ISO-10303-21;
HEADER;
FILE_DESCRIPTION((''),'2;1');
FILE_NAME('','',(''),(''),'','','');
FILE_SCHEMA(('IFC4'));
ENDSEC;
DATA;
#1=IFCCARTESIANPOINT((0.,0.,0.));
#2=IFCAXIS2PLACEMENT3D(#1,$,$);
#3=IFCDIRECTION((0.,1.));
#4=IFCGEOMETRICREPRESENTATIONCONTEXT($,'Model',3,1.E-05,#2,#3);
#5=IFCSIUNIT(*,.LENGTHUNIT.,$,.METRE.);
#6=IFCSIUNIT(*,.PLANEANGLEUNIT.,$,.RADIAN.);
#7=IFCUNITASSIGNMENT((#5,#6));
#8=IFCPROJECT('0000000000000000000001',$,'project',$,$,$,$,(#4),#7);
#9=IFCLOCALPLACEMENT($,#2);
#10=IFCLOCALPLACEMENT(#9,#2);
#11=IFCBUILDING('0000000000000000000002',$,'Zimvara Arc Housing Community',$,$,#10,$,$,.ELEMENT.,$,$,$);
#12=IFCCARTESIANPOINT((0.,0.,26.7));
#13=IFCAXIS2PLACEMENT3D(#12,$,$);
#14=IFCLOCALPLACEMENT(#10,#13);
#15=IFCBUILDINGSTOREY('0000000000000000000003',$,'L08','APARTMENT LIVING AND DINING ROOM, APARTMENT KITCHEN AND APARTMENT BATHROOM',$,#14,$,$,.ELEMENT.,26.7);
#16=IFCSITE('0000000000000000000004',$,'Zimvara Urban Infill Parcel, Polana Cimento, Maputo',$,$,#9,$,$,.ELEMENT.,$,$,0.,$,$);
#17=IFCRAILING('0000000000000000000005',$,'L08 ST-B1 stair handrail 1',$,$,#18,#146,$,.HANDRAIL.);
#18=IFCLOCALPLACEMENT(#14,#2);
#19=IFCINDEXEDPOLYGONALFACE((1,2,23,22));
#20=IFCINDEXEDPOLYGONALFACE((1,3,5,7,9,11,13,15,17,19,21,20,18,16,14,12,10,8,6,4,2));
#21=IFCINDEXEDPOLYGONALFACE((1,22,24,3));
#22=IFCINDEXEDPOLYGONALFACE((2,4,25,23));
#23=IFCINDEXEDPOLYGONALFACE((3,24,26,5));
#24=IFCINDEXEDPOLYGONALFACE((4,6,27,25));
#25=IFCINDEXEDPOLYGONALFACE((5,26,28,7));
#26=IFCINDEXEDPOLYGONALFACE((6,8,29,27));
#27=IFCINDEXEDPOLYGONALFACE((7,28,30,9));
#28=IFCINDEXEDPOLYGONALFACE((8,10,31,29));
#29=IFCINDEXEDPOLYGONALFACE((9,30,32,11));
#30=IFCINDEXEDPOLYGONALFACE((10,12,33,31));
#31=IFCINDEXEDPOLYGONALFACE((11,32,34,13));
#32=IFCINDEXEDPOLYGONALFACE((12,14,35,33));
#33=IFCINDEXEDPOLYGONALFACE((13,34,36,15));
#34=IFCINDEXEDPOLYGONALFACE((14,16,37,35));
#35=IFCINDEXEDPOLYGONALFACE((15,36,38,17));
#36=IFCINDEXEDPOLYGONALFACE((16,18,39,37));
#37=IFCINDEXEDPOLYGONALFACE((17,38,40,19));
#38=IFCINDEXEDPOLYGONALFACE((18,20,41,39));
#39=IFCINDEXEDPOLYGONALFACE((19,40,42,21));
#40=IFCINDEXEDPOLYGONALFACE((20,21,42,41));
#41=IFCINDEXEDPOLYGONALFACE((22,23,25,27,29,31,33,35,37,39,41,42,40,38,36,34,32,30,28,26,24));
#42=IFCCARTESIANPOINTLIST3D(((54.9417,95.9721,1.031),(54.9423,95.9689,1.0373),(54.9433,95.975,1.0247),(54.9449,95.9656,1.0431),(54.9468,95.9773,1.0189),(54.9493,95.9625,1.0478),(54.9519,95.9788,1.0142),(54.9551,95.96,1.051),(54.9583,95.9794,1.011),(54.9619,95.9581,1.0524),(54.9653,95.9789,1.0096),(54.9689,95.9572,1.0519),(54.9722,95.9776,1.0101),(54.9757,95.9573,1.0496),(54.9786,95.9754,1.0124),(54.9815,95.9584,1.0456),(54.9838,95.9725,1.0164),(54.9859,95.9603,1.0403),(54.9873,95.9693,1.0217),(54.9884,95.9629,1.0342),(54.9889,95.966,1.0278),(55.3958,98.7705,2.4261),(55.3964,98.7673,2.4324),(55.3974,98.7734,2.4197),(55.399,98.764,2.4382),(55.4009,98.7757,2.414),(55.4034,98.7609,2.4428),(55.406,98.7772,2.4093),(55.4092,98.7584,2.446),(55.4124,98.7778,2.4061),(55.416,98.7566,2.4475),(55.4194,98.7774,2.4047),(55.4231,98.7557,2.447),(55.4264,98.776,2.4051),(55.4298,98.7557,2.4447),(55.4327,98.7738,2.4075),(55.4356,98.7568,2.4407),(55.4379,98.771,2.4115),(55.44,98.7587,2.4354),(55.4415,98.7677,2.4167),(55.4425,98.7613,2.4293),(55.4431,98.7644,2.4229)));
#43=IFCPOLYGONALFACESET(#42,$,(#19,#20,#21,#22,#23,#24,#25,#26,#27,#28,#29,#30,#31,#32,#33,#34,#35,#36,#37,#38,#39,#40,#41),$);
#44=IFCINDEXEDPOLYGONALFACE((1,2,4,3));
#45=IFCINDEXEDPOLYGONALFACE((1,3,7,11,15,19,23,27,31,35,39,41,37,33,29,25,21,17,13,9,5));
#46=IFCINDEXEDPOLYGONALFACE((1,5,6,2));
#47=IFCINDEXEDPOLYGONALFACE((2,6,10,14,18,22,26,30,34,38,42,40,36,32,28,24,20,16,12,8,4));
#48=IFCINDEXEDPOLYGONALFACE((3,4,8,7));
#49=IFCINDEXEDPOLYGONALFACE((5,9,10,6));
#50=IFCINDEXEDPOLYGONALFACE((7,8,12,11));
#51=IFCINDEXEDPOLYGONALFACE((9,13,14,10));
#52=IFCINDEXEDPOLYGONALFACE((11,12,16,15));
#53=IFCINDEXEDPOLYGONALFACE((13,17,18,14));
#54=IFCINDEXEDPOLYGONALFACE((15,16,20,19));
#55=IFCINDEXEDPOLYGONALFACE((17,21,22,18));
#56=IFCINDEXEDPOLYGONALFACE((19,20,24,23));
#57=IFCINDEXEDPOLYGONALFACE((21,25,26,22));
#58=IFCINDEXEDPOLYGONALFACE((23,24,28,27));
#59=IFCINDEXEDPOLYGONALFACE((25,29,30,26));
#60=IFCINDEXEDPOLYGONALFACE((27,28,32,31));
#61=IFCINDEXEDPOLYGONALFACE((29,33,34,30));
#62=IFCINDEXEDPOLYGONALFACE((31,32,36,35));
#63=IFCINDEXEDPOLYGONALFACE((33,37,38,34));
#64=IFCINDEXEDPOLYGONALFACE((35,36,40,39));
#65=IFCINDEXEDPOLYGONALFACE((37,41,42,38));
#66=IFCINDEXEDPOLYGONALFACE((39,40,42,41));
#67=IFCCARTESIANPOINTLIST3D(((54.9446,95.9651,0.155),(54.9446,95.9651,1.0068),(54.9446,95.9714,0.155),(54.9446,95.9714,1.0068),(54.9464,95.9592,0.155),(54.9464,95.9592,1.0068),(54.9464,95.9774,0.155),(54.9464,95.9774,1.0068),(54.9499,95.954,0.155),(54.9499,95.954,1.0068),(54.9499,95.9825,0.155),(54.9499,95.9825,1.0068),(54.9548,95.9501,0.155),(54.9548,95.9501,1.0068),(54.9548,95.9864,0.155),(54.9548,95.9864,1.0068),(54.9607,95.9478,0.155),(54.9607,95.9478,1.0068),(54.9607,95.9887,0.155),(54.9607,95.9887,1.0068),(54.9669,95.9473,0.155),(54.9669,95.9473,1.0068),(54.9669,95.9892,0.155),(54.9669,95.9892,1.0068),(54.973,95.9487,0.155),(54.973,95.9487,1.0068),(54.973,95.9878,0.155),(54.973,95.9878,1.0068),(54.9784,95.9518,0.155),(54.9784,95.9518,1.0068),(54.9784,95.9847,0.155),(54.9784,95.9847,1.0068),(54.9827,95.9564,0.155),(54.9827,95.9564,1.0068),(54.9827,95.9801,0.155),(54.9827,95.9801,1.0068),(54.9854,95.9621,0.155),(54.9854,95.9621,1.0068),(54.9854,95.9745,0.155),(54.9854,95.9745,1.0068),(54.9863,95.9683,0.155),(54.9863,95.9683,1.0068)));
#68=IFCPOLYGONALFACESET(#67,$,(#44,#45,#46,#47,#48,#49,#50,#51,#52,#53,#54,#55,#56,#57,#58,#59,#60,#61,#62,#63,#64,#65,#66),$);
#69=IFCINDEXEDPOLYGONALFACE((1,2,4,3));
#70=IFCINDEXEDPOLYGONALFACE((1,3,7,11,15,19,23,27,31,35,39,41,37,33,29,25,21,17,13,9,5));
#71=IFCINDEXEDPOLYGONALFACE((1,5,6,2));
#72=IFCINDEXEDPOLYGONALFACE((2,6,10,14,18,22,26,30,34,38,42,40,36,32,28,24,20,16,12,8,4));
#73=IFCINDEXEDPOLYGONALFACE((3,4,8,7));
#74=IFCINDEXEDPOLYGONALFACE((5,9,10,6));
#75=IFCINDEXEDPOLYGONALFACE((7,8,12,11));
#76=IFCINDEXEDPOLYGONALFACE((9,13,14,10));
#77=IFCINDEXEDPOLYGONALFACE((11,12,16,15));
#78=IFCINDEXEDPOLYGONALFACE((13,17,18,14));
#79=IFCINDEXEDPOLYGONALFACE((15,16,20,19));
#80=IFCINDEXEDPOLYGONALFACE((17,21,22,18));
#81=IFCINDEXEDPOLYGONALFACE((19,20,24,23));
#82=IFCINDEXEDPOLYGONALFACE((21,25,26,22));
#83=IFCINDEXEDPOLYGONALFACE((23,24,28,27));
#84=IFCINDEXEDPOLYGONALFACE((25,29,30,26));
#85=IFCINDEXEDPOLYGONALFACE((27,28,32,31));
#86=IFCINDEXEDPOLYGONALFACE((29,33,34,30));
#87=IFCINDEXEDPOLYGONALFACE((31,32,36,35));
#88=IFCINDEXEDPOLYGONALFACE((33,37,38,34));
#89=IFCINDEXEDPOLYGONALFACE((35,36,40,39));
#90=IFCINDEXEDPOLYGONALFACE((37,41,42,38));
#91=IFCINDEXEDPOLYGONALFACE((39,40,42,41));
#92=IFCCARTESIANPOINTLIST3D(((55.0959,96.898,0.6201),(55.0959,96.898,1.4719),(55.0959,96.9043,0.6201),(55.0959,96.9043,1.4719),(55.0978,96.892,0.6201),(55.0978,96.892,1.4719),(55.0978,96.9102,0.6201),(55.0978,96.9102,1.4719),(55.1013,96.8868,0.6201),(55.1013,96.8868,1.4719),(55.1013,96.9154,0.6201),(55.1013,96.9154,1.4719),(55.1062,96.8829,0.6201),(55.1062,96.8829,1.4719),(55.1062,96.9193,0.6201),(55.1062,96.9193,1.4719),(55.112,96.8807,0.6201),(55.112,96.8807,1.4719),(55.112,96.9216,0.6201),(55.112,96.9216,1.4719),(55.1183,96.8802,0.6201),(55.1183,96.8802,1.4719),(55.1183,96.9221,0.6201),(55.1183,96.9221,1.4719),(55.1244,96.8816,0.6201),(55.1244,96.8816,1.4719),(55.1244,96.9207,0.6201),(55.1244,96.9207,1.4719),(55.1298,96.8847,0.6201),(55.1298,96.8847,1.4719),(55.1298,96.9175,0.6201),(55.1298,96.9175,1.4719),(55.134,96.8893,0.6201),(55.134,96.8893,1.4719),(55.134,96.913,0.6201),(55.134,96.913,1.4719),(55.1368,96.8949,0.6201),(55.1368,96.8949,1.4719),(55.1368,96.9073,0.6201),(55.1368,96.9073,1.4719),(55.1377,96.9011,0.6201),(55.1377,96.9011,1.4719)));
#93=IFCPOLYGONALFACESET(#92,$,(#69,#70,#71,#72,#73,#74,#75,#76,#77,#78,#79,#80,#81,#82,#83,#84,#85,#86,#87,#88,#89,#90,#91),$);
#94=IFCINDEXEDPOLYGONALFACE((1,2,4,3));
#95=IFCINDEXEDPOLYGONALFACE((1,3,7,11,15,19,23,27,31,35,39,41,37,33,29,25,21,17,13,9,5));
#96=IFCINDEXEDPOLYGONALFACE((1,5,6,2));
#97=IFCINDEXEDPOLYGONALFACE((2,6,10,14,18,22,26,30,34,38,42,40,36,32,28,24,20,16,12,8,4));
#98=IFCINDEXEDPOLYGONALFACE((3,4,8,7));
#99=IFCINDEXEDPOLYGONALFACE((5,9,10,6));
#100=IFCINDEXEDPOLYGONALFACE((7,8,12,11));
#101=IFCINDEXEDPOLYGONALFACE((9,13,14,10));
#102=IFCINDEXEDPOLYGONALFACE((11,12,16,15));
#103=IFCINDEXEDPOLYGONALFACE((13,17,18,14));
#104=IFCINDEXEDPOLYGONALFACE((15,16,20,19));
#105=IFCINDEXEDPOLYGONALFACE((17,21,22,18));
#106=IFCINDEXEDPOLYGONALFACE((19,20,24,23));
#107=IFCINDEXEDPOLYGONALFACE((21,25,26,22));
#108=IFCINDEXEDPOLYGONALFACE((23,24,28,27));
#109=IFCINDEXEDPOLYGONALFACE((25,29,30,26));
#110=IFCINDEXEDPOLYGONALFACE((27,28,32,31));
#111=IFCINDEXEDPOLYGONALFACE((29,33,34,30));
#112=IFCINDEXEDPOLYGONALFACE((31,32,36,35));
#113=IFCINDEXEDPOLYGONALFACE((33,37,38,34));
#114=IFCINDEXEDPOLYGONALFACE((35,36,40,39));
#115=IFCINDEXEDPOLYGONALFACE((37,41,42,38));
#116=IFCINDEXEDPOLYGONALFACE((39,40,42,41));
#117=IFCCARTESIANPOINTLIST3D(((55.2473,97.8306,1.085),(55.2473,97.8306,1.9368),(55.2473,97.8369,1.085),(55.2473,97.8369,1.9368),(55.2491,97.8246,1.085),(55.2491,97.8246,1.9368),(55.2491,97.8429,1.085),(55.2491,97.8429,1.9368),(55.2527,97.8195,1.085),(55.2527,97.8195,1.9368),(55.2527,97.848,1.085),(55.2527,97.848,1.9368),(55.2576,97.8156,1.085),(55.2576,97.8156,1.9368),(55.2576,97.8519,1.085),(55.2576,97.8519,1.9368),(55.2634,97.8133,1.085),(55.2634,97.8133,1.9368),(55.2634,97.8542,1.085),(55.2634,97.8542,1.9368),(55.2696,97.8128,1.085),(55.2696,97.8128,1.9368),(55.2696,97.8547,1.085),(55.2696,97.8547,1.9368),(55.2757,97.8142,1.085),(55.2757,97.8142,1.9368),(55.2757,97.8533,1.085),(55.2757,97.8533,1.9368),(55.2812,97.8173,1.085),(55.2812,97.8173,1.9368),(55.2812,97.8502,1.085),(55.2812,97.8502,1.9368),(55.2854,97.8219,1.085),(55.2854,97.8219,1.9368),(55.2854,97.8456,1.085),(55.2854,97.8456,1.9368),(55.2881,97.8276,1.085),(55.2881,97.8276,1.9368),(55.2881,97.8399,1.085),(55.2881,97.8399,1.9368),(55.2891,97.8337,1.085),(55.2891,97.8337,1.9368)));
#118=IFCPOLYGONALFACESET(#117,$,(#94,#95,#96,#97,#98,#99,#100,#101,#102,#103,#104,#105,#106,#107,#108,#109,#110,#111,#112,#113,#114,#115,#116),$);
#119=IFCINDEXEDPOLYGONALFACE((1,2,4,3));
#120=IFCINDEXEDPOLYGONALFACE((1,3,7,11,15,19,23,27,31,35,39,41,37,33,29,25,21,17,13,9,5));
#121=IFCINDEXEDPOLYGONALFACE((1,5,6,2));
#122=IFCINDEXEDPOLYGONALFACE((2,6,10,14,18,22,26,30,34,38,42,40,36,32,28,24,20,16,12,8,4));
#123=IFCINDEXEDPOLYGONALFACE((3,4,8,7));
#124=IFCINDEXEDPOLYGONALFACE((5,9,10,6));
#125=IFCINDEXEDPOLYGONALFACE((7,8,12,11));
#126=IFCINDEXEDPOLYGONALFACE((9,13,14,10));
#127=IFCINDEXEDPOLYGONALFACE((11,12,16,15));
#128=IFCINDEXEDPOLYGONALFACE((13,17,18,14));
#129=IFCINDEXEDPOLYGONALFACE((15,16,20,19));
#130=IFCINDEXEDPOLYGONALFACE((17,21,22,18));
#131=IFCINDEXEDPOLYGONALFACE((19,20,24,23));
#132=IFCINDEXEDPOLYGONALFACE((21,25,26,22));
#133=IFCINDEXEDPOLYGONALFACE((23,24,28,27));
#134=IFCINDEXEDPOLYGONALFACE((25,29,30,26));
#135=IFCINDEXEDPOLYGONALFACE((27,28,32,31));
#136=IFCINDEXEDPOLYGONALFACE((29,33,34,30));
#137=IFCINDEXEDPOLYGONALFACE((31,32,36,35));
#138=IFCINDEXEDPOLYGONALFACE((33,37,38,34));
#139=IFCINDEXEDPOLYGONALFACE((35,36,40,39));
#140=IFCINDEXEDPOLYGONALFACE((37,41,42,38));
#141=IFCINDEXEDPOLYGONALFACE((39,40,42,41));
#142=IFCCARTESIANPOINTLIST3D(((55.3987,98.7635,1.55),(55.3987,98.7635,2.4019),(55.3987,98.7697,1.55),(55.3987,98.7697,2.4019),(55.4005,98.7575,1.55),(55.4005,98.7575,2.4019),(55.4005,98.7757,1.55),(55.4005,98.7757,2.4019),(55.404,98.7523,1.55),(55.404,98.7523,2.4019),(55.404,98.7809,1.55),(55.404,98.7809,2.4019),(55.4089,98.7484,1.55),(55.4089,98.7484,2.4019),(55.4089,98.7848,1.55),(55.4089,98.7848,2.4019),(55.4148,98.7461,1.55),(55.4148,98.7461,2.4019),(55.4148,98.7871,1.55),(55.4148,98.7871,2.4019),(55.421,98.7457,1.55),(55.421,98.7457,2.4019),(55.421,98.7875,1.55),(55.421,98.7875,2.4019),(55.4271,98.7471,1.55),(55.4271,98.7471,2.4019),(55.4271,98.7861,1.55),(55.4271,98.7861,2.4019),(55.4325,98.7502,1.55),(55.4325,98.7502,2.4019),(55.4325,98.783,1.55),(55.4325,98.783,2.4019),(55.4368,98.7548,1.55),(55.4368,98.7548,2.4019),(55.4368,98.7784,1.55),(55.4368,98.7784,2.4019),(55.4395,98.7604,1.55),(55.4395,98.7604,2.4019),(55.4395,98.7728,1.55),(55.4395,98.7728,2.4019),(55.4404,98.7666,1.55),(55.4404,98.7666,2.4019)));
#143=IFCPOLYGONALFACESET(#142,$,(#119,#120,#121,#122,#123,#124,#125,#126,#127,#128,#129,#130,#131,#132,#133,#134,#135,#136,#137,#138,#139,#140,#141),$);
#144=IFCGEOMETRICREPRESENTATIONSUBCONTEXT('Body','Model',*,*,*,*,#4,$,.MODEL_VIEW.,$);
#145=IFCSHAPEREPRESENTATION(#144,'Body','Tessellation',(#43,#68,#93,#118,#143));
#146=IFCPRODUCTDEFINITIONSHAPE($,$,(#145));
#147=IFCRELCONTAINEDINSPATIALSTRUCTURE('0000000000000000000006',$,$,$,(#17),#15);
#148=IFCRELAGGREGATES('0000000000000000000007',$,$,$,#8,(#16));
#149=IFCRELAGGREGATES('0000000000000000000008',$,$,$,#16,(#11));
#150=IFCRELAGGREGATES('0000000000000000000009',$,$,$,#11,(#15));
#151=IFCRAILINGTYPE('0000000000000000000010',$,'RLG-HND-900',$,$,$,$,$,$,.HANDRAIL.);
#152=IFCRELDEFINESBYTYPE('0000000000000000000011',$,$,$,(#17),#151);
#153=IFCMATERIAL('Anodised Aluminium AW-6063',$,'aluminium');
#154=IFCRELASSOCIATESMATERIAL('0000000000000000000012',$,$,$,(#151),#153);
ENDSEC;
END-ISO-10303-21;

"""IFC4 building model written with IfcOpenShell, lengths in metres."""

from ifc_helpers import new_model, si_unit, direction, frame, origin, origin_2d, place, context, subcontext, project, spatial, circle, extrude, material, type_object, element, save


model = new_model("IFC4")

# Units and contexts
model_context = context("Model", 3, precision=1e-05, world=origin(), true_north=direction((0.0, 1.0)))
body_context = subcontext(model_context, "Body", "Model", "MODEL_VIEW")
ifc_project = project(units=[si_unit("LENGTHUNIT", "METRE"), si_unit("PLANEANGLEUNIT", "RADIAN")], contexts=[model_context])

# Site, building, storey
site_placement = place(None, origin())
site = spatial("IfcSite", under=ifc_project, at=site_placement, Name="Zimvara Urban Infill Parcel, Polana Cimento, Maputo", CompositionType="ELEMENT", RefElevation=0.0)
building_placement = place(site_placement, origin())
building = spatial("IfcBuilding", under=site, at=building_placement, Name="Zimvara Arc Housing Community", CompositionType="ELEMENT")
storey_placement = place(building_placement, frame((0.0, 0.0, 26.7)))
storey = spatial("IfcBuildingStorey", under=building, at=storey_placement, Name="L08", Description="APARTMENT LIVING AND DINING ROOM, APARTMENT KITCHEN AND APARTMENT BATHROOM", CompositionType="ELEMENT", Elevation=26.7)

# Railing
ifc_material_1 = material(Name="Anodised Aluminium AW-6063", Category="aluminium")
railing_type_1 = type_object("IfcRailingType", Name="RLG-HND-900", PredefinedType="HANDRAIL", material=ifc_material_1)
railing_1_placement = place(storey_placement, frame((54.9653, 95.9683, 0.155)))
element("IfcRailing", 1, at=railing_1_placement, inside=storey, type_object=railing_type_1, Name="L08 ST-B1 stair handrail 1", PredefinedType="HANDRAIL", context=body_context, shape_type="SweptSolid", body=[
    extrude(circle(Radius=0.0239, at=origin_2d()), frame((0.0, 0.0, 0.876), z_axis=(0.143722, 0.885666, 0.44152), x_axis=(-0.987088, 0.16018, 0.0)), (0.0, 0.0, 1.0), 3.1597),
    extrude(circle(Radius=0.021, at=origin_2d()), origin(), (0.0, 0.0, 1.0), 0.8518),
    extrude(circle(Radius=0.021, at=origin_2d()), frame((0.1514, 0.9329, 0.4651)), (0.0, 0.0, 1.0), 0.8518),
    extrude(circle(Radius=0.021, at=origin_2d()), frame((0.3027, 1.8655, 0.9299)), (0.0, 0.0, 1.0), 0.8518),
    extrude(circle(Radius=0.021, at=origin_2d()), frame((0.4541, 2.7983, 1.395)), (0.0, 0.0, 1.0), 0.8518),
])

save(model, "model.ifc")
